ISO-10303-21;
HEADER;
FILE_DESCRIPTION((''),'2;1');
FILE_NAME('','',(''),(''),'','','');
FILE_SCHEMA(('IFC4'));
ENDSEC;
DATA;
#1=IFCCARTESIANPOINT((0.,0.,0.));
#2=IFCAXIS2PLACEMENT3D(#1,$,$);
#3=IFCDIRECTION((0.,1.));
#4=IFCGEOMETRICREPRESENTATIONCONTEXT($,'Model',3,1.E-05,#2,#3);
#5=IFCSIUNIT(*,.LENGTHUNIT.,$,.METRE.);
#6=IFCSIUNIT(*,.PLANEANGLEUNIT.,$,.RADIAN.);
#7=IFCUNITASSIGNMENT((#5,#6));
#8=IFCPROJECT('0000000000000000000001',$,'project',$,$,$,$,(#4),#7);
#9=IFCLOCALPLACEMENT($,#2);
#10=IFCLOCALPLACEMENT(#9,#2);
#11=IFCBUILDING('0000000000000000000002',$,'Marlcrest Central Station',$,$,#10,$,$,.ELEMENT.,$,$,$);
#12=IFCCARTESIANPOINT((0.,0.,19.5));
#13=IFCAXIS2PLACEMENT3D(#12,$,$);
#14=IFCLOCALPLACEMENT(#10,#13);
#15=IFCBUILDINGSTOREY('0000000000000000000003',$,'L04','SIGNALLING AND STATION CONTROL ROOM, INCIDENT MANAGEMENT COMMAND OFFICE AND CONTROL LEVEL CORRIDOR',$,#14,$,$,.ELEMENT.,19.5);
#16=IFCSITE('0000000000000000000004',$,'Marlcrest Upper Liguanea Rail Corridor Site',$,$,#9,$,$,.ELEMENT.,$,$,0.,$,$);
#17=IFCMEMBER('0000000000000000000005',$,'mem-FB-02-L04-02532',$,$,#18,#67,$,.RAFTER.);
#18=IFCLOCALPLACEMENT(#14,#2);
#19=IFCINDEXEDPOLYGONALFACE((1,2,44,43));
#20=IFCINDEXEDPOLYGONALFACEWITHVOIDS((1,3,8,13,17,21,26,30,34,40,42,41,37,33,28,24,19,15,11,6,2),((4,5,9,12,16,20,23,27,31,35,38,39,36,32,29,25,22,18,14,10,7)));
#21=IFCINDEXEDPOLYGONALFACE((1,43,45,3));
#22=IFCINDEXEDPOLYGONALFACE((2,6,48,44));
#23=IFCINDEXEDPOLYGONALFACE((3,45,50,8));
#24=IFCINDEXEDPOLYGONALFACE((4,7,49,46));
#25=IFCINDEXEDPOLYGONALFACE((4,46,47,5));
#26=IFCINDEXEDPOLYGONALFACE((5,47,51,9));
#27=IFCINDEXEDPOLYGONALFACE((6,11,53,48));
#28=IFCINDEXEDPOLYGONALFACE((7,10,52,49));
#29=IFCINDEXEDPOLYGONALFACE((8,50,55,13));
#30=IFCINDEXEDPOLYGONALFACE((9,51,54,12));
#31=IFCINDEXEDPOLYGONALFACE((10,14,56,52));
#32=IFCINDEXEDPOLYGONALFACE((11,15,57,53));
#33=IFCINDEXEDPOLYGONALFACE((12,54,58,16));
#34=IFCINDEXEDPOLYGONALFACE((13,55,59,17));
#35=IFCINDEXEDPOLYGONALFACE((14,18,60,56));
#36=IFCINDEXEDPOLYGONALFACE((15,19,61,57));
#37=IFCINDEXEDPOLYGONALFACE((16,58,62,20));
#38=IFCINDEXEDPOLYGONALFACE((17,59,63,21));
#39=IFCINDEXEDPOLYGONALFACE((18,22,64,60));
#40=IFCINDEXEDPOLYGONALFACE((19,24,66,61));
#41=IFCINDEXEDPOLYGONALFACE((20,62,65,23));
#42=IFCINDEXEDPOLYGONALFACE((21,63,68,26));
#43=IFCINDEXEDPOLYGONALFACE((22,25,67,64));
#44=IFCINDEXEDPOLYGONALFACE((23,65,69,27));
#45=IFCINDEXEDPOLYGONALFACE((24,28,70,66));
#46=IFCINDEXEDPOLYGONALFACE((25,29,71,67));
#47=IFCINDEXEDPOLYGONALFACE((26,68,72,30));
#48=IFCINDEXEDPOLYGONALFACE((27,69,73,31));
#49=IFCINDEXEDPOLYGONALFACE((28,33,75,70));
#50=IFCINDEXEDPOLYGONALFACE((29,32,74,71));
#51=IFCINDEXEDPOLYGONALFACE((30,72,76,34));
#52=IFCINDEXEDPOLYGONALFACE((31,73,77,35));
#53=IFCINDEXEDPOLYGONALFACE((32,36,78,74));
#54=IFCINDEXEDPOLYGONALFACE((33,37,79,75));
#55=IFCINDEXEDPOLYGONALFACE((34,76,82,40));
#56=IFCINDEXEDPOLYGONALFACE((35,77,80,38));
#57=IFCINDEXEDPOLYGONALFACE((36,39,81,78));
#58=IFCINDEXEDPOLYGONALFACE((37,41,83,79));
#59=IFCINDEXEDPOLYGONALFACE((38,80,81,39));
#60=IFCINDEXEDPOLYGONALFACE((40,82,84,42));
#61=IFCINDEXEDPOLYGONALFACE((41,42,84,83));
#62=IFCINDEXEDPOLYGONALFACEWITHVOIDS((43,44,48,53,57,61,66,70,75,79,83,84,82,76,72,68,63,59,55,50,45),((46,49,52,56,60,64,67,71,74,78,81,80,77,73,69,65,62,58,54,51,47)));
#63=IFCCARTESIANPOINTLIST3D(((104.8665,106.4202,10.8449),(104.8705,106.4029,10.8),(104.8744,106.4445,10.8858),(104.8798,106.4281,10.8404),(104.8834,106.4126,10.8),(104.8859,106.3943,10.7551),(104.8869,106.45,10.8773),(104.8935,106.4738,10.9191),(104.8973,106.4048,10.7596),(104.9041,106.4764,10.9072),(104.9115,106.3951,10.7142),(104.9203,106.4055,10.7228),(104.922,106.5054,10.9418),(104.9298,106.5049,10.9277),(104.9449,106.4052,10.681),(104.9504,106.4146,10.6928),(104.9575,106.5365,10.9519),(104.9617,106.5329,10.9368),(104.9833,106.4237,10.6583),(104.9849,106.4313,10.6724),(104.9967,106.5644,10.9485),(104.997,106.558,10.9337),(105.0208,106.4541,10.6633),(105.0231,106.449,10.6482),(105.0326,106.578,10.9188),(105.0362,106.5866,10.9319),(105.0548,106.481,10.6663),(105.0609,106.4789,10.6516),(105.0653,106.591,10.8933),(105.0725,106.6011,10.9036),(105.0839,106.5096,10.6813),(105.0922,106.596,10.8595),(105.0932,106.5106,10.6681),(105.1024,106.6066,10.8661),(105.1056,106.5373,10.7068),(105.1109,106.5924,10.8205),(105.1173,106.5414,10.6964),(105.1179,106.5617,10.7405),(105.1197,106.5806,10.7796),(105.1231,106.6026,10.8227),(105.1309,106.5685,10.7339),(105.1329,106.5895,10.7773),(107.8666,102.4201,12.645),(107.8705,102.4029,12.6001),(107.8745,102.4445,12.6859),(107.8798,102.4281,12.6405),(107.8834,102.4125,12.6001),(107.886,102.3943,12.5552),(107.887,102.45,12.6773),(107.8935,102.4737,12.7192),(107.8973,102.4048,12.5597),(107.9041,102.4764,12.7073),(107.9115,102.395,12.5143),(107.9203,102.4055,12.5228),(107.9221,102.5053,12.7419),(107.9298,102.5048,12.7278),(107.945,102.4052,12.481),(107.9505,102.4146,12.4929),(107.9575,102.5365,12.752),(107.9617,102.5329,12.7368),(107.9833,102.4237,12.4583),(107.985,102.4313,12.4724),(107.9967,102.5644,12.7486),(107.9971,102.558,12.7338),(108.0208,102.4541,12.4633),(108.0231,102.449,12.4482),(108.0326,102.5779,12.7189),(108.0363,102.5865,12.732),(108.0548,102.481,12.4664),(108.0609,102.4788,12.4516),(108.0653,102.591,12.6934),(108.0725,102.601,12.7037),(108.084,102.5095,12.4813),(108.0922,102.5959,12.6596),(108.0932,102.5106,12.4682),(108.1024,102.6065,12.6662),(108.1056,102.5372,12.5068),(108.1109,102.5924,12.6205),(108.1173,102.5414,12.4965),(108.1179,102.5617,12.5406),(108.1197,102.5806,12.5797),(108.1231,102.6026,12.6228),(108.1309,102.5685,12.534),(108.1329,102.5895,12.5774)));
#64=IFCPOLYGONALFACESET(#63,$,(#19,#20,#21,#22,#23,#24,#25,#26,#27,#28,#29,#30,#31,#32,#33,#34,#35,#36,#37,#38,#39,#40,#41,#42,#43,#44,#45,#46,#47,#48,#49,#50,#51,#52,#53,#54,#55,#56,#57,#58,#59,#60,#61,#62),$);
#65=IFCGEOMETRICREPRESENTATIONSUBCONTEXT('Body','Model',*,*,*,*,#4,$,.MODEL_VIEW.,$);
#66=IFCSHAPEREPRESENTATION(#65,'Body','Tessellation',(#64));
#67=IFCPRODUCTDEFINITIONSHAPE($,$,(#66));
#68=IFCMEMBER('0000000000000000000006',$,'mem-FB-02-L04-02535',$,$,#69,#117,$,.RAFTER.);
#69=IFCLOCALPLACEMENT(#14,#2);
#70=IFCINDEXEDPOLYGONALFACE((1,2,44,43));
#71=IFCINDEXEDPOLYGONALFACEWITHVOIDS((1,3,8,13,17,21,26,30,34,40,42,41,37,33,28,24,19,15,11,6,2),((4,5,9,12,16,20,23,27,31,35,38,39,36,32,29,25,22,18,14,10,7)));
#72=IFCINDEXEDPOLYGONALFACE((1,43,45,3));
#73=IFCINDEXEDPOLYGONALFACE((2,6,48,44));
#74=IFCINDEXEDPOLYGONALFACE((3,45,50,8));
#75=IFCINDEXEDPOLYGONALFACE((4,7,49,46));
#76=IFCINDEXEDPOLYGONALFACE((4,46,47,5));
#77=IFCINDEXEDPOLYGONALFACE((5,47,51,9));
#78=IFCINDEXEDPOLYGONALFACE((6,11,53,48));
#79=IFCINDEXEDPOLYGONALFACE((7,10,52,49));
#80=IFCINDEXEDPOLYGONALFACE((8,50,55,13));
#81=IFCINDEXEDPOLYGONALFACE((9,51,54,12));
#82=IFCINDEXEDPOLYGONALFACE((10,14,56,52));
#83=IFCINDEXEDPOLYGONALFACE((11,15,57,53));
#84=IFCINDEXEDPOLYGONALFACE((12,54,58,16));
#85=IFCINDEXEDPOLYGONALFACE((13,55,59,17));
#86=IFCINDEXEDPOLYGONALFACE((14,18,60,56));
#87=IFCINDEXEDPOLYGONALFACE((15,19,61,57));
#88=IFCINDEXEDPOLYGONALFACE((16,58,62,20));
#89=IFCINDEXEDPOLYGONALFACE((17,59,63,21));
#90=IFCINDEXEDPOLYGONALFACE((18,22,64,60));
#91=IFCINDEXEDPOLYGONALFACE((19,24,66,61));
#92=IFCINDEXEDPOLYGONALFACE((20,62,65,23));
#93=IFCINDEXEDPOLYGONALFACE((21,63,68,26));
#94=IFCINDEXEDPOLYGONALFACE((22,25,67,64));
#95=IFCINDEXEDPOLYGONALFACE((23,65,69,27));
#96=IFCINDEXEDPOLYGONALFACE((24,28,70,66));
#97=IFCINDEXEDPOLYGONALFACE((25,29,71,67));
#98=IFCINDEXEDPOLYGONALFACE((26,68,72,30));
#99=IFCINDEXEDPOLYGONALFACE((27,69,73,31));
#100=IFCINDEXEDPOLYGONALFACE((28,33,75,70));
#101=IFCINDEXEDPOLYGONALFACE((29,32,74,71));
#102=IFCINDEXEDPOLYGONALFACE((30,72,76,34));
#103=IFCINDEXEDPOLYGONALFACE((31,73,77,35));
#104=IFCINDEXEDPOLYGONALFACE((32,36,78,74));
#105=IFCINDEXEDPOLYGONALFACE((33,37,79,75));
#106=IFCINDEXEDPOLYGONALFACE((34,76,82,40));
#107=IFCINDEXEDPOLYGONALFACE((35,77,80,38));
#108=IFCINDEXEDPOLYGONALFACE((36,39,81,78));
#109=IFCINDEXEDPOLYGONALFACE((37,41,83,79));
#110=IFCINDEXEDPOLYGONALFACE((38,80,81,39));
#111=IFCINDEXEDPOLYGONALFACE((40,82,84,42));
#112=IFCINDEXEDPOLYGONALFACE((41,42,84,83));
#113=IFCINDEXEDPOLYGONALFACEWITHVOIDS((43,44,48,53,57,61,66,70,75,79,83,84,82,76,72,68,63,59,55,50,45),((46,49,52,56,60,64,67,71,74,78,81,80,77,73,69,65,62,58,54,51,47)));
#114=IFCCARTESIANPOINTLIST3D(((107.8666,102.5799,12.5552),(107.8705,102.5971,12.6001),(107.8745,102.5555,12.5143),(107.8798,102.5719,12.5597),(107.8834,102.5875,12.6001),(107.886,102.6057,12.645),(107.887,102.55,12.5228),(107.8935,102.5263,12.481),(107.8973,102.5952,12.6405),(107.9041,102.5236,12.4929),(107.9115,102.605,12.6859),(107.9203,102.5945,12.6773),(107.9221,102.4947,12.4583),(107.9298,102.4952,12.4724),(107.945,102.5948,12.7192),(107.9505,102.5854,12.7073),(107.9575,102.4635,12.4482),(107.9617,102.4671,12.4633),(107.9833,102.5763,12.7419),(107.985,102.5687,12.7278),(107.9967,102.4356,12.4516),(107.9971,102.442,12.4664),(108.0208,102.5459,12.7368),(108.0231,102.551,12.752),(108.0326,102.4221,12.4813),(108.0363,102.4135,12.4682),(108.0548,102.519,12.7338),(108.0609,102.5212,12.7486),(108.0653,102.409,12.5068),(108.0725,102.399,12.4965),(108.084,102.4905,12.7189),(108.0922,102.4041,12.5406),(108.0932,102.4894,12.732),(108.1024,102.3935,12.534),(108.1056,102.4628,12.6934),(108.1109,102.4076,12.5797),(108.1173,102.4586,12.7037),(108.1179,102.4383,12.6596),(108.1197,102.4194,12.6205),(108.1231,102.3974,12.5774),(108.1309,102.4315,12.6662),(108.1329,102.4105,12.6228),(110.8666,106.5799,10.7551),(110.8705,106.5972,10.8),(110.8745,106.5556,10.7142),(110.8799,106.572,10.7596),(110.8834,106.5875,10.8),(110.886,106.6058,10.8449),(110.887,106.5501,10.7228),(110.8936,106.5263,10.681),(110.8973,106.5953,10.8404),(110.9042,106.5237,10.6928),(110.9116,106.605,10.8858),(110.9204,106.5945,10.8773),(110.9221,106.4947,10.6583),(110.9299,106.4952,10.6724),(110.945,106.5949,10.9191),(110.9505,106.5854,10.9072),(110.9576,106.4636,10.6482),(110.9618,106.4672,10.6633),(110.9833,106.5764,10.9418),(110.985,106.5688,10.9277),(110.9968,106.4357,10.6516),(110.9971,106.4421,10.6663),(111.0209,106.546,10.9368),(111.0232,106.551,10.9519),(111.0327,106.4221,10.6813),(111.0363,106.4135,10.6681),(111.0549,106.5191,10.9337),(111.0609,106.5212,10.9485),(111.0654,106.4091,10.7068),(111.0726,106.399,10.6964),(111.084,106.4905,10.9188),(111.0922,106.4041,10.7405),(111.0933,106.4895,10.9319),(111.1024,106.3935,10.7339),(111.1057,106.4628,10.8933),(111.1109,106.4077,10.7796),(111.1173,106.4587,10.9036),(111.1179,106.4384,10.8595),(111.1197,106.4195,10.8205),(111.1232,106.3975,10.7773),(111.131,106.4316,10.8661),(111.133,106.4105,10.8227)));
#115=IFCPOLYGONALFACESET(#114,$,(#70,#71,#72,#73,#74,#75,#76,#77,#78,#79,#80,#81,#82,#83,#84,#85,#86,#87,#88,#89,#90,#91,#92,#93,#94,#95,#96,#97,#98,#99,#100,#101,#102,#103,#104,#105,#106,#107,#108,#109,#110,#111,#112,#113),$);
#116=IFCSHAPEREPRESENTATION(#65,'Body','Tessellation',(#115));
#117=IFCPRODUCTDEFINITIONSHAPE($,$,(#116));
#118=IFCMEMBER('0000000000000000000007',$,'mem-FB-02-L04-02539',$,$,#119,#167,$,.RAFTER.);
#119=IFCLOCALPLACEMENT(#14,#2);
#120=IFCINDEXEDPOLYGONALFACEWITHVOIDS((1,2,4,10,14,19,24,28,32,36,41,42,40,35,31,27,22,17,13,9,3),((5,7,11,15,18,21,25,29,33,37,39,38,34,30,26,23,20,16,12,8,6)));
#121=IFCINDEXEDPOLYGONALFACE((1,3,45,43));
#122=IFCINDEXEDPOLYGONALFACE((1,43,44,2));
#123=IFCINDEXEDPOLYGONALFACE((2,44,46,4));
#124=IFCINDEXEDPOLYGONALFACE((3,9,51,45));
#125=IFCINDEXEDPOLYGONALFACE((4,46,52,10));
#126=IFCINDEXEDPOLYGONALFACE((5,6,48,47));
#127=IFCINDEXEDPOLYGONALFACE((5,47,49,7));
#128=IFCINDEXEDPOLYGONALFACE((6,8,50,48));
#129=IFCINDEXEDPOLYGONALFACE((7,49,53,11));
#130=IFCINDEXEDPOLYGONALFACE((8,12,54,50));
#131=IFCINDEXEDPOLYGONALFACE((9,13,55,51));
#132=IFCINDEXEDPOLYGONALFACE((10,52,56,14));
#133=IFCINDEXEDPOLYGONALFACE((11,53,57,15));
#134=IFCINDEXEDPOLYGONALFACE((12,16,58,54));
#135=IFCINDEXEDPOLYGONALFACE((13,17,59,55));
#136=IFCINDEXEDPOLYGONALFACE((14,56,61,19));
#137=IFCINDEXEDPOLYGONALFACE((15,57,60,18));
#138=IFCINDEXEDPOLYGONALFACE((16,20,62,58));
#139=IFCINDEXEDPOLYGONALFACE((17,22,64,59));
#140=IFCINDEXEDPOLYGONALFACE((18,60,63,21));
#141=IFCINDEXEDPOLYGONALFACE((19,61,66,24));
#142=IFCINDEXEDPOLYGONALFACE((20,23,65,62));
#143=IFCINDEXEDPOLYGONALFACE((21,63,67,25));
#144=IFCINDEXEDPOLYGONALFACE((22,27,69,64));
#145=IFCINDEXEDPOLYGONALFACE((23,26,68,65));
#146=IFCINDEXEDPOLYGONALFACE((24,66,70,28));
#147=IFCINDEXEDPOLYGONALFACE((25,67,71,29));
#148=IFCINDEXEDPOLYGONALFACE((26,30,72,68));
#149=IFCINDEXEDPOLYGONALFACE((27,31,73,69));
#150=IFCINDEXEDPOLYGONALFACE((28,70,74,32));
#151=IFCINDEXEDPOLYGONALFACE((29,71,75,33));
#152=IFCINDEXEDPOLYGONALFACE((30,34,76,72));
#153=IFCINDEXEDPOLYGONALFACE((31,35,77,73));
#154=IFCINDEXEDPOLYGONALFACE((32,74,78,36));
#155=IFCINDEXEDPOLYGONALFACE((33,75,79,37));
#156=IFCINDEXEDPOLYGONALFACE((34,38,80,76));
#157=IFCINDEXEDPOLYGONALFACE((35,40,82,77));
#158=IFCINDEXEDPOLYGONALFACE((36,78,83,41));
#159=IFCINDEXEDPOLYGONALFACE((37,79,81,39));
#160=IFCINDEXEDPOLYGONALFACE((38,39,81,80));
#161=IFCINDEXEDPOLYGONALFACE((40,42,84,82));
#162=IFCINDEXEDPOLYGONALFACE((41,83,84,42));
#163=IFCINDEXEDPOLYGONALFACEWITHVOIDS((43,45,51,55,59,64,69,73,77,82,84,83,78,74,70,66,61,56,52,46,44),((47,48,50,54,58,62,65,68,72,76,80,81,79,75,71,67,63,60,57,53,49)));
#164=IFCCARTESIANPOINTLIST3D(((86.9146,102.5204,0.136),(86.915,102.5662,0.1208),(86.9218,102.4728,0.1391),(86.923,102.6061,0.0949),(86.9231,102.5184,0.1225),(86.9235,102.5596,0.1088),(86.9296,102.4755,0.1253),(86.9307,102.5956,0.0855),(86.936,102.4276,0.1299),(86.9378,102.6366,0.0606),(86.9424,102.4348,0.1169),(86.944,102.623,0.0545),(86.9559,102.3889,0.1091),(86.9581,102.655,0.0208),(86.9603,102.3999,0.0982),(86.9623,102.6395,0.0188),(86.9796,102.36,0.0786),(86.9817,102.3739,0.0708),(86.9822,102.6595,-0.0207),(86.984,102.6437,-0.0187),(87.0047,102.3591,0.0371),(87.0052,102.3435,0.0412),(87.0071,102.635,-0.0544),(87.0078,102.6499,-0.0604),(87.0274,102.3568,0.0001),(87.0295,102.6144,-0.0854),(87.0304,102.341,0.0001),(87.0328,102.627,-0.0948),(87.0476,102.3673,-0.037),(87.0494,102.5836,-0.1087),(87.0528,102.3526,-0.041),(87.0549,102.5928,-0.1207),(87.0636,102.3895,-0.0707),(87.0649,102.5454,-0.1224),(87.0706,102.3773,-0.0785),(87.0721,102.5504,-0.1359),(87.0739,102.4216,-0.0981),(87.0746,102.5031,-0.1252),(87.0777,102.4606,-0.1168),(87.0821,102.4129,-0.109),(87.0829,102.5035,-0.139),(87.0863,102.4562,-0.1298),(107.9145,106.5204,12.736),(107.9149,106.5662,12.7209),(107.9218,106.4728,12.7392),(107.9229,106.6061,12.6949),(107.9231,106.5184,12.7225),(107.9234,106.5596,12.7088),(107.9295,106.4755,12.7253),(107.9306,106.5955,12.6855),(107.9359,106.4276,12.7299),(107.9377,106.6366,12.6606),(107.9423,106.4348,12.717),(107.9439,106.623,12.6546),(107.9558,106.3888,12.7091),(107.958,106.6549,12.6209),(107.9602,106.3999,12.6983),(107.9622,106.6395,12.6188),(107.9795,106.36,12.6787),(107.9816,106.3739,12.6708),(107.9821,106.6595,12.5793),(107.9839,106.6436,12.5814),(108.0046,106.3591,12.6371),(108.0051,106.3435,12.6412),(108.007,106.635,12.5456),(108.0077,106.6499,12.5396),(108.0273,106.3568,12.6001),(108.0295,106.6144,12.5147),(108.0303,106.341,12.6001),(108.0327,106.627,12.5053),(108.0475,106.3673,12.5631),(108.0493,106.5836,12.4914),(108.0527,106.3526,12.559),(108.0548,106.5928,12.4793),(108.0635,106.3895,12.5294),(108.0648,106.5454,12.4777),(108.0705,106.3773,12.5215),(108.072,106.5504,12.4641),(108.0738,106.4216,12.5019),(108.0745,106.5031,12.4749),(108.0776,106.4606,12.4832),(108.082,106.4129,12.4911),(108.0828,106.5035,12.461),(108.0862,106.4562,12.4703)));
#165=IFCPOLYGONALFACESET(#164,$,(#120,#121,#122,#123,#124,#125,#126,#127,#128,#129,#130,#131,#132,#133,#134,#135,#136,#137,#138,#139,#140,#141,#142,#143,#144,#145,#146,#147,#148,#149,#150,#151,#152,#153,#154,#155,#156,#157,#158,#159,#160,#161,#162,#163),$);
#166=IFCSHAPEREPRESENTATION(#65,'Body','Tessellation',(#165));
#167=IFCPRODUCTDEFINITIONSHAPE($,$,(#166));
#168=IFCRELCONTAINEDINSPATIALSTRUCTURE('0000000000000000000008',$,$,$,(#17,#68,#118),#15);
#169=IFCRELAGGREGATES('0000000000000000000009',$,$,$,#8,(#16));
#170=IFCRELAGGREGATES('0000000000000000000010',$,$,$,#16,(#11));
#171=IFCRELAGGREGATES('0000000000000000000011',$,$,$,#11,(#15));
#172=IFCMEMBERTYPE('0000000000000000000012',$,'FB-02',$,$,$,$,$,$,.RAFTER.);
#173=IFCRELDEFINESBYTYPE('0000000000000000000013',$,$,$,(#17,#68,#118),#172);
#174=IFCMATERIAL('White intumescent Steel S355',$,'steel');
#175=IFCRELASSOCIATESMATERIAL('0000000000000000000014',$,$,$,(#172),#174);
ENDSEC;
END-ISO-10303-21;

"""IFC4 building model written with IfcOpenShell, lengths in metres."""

from ifc_helpers import new_model, si_unit, direction, frame, origin, origin_2d, place, context, subcontext, project, spatial, hollow_circle, extrude, material, material_profile, profile_set, type_object, element, save


model = new_model("IFC4")

# Units and contexts
model_context = context("Model", 3, precision=1e-05, world=origin(), true_north=direction((0.0, 1.0)))
body_context = subcontext(model_context, "Body", "Model", "MODEL_VIEW")
ifc_project = project(units=[si_unit("LENGTHUNIT", "METRE"), si_unit("PLANEANGLEUNIT", "RADIAN")], contexts=[model_context])

# Site, building, storey
site_placement = place(None, origin())
site = spatial("IfcSite", under=ifc_project, at=site_placement, Name="Marlcrest Upper Liguanea Rail Corridor Site", CompositionType="ELEMENT", RefElevation=0.0)
building_placement = place(site_placement, origin())
building = spatial("IfcBuilding", under=site, at=building_placement, Name="Marlcrest Central Station", CompositionType="ELEMENT")
storey_placement = place(building_placement, frame((0.0, 0.0, 19.5)))
storey = spatial("IfcBuildingStorey", under=building, at=storey_placement, Name="L04", Description="SIGNALLING AND STATION CONTROL ROOM, INCIDENT MANAGEMENT COMMAND OFFICE AND CONTROL LEVEL CORRIDOR", CompositionType="ELEMENT", Elevation=19.5)

# Members
ifc_material_1 = material(Name="White intumescent Steel S355", Category="steel")
ifc_material_profile_1 = material_profile(ifc_material_1, hollow_circle(Radius=0.1619, WallThickness=0.0161, at=origin_2d()), Name="CHS 323.9x16")
ifc_profile_set_1 = profile_set([ifc_material_profile_1], Name="White intumescent Steel S355")
member_type_1 = type_object("IfcMemberType", Name="FB-02", PredefinedType="RAFTER", material=ifc_profile_set_1)
for number, where, z_axis, x_axis, name in (
    (1, (108.0, 102.5, 12.6001), (-0.564531, 0.752708, -0.338728), (-0.8, -0.6, 0.0), "mem-FB-02-L04-02532"),
    (2, (108.0, 102.5, 12.6001), (0.564531, 0.752708, -0.338728), (-0.8, 0.6, 0.0), "mem-FB-02-L04-02535"),
):
    element("IfcMember", number, at=place(storey_placement, frame(where, z_axis=z_axis, x_axis=x_axis)), inside=storey, type_object=member_type_1, Name=name, PredefinedType="RAFTER", context=body_context, shape_type="SweptSolid", body=[
        extrude(hollow_circle(Radius=0.1619, WallThickness=0.0161, at=origin_2d()), origin(), (0.0, 0.0, 1.0), 5.3142),
    ])
for number, where, z_axis, x_axis, name in (
    (3, (108.0, 106.5, 12.6001), (-0.846277, -0.161196, -0.50777), (0.187112, -0.982339, 0.0), "mem-FB-02-L04-02539"),
):
    element("IfcMember", number, at=place(storey_placement, frame(where, z_axis=z_axis, x_axis=x_axis)), inside=storey, type_object=member_type_1, Name=name, PredefinedType="RAFTER", context=body_context, shape_type="SweptSolid", body=[
        extrude(hollow_circle(Radius=0.1619, WallThickness=0.0161, at=origin_2d()), origin(), (0.0, 0.0, 1.0), 24.8145),
    ])

save(model, "model.ifc")
